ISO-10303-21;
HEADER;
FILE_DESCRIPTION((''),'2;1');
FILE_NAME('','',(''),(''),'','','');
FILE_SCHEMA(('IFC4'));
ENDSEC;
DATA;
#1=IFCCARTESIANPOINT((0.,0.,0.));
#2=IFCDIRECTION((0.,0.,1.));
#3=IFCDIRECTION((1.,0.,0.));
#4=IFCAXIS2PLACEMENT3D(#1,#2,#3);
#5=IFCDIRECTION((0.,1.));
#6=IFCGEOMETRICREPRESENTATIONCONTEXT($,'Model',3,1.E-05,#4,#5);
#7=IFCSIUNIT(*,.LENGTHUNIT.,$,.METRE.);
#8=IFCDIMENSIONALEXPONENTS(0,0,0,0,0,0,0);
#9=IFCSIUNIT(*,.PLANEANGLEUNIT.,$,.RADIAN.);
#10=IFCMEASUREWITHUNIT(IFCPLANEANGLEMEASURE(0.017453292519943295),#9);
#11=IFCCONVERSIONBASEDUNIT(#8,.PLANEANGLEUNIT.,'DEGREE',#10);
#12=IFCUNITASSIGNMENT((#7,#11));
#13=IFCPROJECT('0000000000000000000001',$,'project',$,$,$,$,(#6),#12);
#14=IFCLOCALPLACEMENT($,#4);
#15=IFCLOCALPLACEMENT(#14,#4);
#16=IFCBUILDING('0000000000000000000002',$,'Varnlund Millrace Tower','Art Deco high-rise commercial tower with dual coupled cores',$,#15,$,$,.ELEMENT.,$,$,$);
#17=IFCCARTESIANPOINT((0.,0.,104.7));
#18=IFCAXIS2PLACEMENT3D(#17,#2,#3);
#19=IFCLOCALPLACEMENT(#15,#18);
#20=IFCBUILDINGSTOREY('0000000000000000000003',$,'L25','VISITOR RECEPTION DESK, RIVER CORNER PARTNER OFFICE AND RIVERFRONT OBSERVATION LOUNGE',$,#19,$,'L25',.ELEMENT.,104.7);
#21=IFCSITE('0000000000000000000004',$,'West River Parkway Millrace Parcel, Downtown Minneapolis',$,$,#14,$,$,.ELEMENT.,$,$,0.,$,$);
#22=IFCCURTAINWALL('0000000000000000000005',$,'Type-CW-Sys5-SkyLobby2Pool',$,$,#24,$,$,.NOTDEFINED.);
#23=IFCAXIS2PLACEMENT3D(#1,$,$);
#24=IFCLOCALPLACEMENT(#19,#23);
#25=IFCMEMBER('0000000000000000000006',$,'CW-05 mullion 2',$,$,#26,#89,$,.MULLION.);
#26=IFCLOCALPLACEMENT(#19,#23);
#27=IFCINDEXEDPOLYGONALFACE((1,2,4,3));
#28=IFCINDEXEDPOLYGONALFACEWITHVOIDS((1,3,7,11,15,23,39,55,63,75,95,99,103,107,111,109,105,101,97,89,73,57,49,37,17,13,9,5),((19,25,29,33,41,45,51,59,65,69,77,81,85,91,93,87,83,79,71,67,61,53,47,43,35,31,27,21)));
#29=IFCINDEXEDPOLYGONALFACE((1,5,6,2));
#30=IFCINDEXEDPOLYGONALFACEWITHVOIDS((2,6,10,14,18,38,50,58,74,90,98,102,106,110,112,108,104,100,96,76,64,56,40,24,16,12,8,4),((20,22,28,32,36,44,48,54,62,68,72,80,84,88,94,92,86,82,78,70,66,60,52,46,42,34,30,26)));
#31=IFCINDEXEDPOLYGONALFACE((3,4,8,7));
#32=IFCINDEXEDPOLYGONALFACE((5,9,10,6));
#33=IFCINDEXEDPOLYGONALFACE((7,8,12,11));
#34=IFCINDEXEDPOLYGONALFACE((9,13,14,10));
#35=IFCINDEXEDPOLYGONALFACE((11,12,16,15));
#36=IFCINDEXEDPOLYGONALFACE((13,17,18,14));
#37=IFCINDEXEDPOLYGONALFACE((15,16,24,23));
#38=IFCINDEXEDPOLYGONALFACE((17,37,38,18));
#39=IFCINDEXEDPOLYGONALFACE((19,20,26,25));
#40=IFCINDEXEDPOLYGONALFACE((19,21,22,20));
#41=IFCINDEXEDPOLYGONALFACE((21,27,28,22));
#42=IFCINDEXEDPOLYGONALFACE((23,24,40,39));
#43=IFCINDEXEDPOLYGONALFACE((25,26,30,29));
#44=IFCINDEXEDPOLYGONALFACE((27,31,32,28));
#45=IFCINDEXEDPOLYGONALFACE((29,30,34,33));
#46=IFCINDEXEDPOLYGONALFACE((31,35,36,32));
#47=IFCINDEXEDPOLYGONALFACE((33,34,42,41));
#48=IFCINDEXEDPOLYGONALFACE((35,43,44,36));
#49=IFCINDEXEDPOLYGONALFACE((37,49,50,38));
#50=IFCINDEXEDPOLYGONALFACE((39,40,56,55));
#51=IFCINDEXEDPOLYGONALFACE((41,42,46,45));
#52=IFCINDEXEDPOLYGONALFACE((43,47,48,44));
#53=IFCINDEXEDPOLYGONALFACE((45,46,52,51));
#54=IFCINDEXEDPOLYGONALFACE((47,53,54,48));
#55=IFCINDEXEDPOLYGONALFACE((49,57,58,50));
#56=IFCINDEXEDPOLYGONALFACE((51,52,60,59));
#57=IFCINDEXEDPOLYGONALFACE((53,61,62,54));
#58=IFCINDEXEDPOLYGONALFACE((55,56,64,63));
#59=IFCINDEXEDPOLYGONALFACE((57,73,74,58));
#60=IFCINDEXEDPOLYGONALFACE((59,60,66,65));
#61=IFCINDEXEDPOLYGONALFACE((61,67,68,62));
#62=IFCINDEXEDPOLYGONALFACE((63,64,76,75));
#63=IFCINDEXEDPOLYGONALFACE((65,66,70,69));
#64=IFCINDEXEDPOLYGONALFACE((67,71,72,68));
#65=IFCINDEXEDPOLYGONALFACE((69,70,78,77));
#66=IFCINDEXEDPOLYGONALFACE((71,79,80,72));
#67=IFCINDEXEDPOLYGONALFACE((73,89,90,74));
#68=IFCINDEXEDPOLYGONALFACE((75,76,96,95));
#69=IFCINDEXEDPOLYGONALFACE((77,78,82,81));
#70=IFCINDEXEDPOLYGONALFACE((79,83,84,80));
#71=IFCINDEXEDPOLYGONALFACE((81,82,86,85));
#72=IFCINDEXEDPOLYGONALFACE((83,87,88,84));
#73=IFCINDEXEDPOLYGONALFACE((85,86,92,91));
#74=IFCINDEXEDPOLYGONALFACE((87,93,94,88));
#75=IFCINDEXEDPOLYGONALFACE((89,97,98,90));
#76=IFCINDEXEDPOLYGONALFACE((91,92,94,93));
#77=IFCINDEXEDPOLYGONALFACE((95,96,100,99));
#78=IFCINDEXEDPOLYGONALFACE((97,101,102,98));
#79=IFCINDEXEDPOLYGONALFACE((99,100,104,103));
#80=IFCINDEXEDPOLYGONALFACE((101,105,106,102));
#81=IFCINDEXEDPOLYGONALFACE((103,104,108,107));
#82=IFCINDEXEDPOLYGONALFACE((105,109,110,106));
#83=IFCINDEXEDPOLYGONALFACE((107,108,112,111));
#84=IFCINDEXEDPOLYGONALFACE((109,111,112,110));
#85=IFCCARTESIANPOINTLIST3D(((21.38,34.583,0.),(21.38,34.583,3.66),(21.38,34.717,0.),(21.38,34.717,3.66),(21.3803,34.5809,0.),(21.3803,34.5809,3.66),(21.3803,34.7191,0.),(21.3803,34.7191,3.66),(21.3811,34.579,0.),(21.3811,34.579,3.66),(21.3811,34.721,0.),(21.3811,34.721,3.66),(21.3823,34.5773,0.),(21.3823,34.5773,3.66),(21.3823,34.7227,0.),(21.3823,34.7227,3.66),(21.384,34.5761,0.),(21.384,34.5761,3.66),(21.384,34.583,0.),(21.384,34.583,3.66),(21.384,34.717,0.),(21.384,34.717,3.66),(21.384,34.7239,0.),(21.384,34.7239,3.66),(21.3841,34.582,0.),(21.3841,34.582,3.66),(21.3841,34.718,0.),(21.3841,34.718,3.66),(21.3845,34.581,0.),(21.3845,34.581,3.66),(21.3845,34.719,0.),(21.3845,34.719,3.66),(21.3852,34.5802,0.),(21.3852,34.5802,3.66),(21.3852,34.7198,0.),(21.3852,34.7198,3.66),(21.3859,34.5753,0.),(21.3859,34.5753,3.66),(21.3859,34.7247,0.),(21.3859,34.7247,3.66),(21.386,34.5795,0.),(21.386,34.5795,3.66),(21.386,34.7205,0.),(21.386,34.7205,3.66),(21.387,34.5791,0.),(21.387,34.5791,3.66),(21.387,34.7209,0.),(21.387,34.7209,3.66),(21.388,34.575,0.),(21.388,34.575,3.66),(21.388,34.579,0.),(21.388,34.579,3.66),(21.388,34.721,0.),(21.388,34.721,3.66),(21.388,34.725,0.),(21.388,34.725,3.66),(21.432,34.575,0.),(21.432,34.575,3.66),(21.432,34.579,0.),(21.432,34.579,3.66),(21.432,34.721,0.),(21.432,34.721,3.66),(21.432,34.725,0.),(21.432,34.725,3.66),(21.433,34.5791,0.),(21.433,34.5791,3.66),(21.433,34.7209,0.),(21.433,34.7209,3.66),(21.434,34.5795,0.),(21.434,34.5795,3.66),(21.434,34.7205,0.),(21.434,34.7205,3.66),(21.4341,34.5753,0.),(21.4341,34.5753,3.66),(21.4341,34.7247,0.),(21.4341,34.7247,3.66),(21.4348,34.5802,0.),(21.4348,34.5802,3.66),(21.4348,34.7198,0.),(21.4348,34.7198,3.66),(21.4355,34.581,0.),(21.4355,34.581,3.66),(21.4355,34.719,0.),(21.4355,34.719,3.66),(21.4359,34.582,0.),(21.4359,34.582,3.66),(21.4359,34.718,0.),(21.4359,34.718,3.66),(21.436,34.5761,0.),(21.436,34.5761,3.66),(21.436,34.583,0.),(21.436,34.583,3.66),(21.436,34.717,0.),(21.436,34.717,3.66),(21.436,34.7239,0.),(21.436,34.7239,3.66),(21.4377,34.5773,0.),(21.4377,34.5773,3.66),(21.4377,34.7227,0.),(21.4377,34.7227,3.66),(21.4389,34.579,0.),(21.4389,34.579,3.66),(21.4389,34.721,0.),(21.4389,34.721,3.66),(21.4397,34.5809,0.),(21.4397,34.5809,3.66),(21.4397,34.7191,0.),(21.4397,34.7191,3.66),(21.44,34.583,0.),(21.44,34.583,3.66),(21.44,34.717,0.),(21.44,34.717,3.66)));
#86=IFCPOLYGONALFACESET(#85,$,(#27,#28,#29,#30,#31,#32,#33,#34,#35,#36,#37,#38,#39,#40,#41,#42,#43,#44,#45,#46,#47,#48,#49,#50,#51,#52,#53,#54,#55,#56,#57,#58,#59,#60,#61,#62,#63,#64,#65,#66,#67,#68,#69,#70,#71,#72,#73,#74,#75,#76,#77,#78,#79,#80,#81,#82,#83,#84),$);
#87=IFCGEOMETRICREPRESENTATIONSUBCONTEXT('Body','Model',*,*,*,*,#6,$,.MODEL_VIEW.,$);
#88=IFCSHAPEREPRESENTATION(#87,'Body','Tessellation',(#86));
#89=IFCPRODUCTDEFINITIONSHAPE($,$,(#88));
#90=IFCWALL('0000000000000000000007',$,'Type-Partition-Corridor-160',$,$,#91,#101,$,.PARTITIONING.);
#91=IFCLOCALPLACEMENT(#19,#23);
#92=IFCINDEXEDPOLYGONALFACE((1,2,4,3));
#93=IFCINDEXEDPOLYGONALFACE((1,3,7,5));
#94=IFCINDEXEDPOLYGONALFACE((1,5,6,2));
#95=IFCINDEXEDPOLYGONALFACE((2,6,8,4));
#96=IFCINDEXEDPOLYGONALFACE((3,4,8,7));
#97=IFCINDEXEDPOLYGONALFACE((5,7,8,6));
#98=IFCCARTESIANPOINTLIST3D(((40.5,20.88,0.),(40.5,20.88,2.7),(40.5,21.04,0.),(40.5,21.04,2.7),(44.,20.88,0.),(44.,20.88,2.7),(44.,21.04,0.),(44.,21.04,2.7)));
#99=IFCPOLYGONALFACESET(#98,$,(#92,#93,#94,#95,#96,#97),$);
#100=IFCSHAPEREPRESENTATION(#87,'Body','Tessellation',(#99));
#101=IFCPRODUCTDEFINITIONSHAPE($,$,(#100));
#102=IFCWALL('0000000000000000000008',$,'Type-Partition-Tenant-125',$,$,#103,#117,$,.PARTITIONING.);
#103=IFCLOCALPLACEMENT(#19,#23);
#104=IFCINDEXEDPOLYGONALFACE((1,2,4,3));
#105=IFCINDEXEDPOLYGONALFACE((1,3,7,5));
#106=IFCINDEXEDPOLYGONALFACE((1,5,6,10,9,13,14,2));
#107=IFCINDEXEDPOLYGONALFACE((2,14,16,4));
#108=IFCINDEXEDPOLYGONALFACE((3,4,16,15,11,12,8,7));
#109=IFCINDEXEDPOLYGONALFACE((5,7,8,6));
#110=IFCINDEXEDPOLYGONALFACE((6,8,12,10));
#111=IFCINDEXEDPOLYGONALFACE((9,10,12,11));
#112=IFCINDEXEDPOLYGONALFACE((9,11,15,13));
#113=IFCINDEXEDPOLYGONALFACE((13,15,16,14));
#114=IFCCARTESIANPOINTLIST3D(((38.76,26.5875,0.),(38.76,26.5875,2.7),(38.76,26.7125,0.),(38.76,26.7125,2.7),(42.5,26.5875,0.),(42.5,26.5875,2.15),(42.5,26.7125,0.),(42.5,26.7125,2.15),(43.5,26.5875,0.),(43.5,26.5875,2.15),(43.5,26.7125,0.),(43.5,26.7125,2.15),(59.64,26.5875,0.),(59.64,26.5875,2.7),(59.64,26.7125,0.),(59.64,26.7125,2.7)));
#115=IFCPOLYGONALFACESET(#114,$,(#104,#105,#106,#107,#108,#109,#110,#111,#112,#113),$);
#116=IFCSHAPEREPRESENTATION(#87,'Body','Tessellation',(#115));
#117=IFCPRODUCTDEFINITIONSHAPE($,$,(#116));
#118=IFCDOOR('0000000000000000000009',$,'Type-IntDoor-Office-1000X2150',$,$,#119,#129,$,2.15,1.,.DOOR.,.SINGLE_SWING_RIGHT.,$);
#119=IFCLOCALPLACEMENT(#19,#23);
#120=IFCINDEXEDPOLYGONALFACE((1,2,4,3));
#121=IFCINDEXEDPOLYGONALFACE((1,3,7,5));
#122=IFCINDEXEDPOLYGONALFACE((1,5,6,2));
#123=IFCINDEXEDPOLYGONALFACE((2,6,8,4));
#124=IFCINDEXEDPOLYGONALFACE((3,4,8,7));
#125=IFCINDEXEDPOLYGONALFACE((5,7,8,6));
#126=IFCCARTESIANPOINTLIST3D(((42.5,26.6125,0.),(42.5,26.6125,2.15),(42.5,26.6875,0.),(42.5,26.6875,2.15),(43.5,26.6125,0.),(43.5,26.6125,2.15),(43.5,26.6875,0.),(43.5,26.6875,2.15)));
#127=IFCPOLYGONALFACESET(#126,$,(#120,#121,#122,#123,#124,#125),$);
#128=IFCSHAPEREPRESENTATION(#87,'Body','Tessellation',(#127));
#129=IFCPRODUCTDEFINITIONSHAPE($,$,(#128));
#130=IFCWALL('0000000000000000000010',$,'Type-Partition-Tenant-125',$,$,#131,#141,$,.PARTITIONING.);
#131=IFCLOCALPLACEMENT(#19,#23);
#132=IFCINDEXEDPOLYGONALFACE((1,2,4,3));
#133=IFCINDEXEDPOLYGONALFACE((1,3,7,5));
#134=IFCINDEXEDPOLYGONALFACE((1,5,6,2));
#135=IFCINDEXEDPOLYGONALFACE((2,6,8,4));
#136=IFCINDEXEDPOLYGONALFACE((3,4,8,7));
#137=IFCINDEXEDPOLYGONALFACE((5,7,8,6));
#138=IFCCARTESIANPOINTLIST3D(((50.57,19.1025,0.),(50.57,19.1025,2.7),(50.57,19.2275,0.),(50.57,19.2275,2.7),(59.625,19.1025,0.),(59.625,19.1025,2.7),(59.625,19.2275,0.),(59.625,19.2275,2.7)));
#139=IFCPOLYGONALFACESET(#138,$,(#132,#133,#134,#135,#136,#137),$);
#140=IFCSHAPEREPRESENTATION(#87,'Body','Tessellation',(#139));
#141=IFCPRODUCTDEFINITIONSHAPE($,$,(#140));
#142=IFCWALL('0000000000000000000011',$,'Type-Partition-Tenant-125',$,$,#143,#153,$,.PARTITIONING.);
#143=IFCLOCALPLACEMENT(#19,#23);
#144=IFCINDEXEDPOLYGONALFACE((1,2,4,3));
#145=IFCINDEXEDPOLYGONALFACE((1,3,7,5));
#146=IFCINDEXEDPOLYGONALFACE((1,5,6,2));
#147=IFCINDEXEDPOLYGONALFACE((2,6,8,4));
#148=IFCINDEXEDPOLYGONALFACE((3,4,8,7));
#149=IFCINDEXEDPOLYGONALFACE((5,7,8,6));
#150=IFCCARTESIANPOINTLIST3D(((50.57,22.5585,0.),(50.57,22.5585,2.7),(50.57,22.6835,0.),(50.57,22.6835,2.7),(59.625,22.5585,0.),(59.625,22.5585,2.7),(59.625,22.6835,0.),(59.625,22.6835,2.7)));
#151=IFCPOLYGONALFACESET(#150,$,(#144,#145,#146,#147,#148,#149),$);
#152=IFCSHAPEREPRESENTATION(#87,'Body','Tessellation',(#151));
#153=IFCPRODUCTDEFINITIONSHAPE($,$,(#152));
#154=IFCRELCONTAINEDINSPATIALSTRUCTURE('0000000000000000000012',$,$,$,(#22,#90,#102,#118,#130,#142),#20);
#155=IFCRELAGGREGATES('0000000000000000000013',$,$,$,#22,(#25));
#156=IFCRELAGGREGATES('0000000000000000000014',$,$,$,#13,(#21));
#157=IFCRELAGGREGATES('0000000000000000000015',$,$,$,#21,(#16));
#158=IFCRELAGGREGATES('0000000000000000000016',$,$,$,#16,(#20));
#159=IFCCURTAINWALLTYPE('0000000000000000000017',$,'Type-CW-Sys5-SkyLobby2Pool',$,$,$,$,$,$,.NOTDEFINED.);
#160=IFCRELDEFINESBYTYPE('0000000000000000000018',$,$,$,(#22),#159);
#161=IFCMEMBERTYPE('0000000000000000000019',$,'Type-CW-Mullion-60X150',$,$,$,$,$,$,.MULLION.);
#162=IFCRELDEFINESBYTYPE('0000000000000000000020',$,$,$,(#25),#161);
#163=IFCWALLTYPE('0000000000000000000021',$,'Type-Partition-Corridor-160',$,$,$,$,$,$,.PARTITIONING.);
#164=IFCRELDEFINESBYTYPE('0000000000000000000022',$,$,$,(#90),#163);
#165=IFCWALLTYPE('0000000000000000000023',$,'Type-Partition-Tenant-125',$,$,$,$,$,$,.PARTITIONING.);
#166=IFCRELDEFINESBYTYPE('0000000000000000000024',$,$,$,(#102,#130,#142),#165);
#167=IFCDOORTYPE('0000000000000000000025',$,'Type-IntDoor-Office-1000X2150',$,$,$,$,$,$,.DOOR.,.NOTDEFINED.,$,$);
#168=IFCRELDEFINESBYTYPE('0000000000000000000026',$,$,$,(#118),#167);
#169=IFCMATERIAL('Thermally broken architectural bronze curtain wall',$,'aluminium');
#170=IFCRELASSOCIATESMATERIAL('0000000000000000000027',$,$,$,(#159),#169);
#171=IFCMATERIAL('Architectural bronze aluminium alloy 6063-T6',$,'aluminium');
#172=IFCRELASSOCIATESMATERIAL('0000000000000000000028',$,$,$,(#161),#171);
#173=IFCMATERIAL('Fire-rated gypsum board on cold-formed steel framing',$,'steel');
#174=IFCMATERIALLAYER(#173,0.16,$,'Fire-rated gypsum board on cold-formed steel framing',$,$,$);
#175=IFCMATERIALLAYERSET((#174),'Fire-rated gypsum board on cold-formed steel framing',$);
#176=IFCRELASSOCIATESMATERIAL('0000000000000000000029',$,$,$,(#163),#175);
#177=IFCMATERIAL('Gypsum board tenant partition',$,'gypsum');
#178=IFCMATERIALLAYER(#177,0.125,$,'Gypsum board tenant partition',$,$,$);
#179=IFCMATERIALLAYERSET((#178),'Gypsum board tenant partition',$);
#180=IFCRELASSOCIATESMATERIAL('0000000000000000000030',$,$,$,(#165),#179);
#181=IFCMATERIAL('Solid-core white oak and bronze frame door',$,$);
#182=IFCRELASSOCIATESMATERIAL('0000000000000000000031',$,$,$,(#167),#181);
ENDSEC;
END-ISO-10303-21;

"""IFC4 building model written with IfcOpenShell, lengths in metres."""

from ifc_helpers import new_model, entity, si_unit, converted_unit, direction, frame, origin_with_axes, origin_2d_with_axis, place, context, subcontext, project, spatial, polyline, rectangle, hollow_rectangle, outline, extrude, material, layer, layer_set, material_profile, profile_set, type_object, element, fill, aggregate, save


model = new_model("IFC4")

# Units and contexts
model_context = context("Model", 3, precision=1e-05, world=origin_with_axes(), true_north=direction((0.0, 1.0)))
body_context = subcontext(model_context, "Body", "Model", "MODEL_VIEW")
ifc_project = project(units=[si_unit("LENGTHUNIT", "METRE"), converted_unit("PLANEANGLEUNIT", "DEGREE", entity("IfcPlaneAngleMeasure", 0.017453292519943295), si_unit("PLANEANGLEUNIT", "RADIAN"), dimensions=[0, 0, 0, 0, 0, 0, 0])], contexts=[model_context])

# Site, building, storey
site_placement = place(None, origin_with_axes())
site = spatial("IfcSite", under=ifc_project, at=site_placement, Name="West River Parkway Millrace Parcel, Downtown Minneapolis", CompositionType="ELEMENT", RefElevation=0.0)
building_placement = place(site_placement, origin_with_axes())
building = spatial("IfcBuilding", under=site, at=building_placement, Name="Varnlund Millrace Tower", Description="Art Deco high-rise commercial tower with dual coupled cores", CompositionType="ELEMENT")
storey_placement = place(building_placement, frame((0.0, 0.0, 104.7), z_axis=(0.0, 0.0, 1.0), x_axis=(1.0, 0.0, 0.0)))
storey = spatial("IfcBuildingStorey", under=building, at=storey_placement, Name="L25", Description="VISITOR RECEPTION DESK, RIVER CORNER PARTNER OFFICE AND RIVERFRONT OBSERVATION LOUNGE", LongName="L25", CompositionType="ELEMENT", Elevation=104.7)

# Curtain wall, member
ifc_material_1 = material(Name="Thermally broken architectural bronze curtain wall", Category="aluminium")
curtain_wall_type = type_object("IfcCurtainWallType", Name="Type-CW-Sys5-SkyLobby2Pool", PredefinedType="NOTDEFINED", material=ifc_material_1)
curtain_wall_placement = place(storey_placement, frame((21.41, 36.15, 0.0), z_axis=(0.0, 0.0, 1.0), x_axis=(1.0, 0.0, 0.0)))
curtain_wall = element("IfcCurtainWall", 1, at=curtain_wall_placement, inside=storey, type_object=curtain_wall_type, Name="Type-CW-Sys5-SkyLobby2Pool", PredefinedType="NOTDEFINED")
ifc_material_2 = material(Name="Architectural bronze aluminium alloy 6063-T6", Category="aluminium")
ifc_material_profile_1 = material_profile(ifc_material_2, hollow_rectangle(XDim=0.06, YDim=0.15, WallThickness=0.004, InnerFilletRadius=0.004, OuterFilletRadius=0.008, at=origin_2d_with_axis()), Name="Architectural bronze aluminium alloy 6063-T6")
ifc_profile_set_1 = profile_set([ifc_material_profile_1], Name="Architectural bronze aluminium alloy 6063-T6")
member_type = type_object("IfcMemberType", Name="Type-CW-Mullion-60X150", PredefinedType="MULLION", material=ifc_profile_set_1)
member_1_placement = place(storey_placement, frame((21.41, 34.65, 0.0), z_axis=(0.0, 0.0, 1.0), x_axis=(1.0, 0.0, 0.0)))
member_1 = element("IfcMember", 2, at=member_1_placement, type_object=member_type, Name="CW-05 mullion 2", PredefinedType="MULLION", context=body_context, shape_type="SweptSolid", body=[
    extrude(hollow_rectangle(XDim=0.06, YDim=0.15, WallThickness=0.004, InnerFilletRadius=0.004, OuterFilletRadius=0.008, at=origin_2d_with_axis()), origin_with_axes(), (0.0, 0.0, 1.0), 3.66),
])
aggregate(curtain_wall, [member_1])

# Wall
ifc_material_3 = material(Name="Fire-rated gypsum board on cold-formed steel framing", Category="steel")
ifc_layer_1 = layer(ifc_material_3, 0.16, Name="Fire-rated gypsum board on cold-formed steel framing")
ifc_layer_set_1 = layer_set([ifc_layer_1], Name="Fire-rated gypsum board on cold-formed steel framing")
wall_type_1 = type_object("IfcWallType", Name="Type-Partition-Corridor-160", PredefinedType="PARTITIONING", material=ifc_layer_set_1)
wall_1_placement = place(storey_placement, frame((40.5, 20.96, 0.0), z_axis=(0.0, 0.0, 1.0), x_axis=(1.0, 0.0, 0.0)))
element("IfcWall", 3, at=wall_1_placement, inside=storey, type_object=wall_type_1, Name="Type-Partition-Corridor-160", PredefinedType="PARTITIONING", context=body_context, shape_type="SweptSolid", body=[
    extrude(outline(polyline([(0.0, -0.08), (3.5, -0.08), (3.5, 0.08), (0.0, 0.08), (0.0, -0.08)])), origin_with_axes(), (0.0, 0.0, 1.0), 2.7),
])

# Wall, opening, door
ifc_material_4 = material(Name="Gypsum board tenant partition", Category="gypsum")
ifc_layer_2 = layer(ifc_material_4, 0.125, Name="Gypsum board tenant partition")
ifc_layer_set_2 = layer_set([ifc_layer_2], Name="Gypsum board tenant partition")
wall_type_2 = type_object("IfcWallType", Name="Type-Partition-Tenant-125", PredefinedType="PARTITIONING", material=ifc_layer_set_2)
wall_2_placement = place(storey_placement, frame((38.76, 26.65, 0.0), z_axis=(0.0, 0.0, 1.0), x_axis=(1.0, 0.0, 0.0)))
wall_2 = element("IfcWall", 4, at=wall_2_placement, inside=storey, type_object=wall_type_2, Name="Type-Partition-Tenant-125", PredefinedType="PARTITIONING", context=body_context, shape_type="SweptSolid", body=[
    extrude(outline(polyline([(0.0, -0.0625), (20.88, -0.0625), (20.88, 0.0625), (0.0, 0.0625), (0.0, -0.0625)])), origin_with_axes(), (0.0, 0.0, 1.0), 2.7),
])
opening_placement = place(wall_2_placement, frame((4.24, 0.0, 0.0), z_axis=(0.0, 0.0, 1.0), x_axis=(1.0, 0.0, 0.0)))
opening = element("IfcOpeningElement", 5, at=opening_placement, cuts=wall_2, PredefinedType="OPENING", context=body_context, shape_type="SweptSolid", body=[
    extrude(rectangle(XDim=1.0, YDim=0.145, at=origin_2d_with_axis()), origin_with_axes(), (0.0, 0.0, 1.0), 2.15),
])
ifc_material_5 = material(Name="Solid-core white oak and bronze frame door")
door_type = type_object("IfcDoorType", Name="Type-IntDoor-Office-1000X2150", OperationType="NOTDEFINED", PredefinedType="DOOR", material=ifc_material_5)
door_placement = place(wall_2_placement, frame((4.24, 0.0, 0.0), z_axis=(0.0, 0.0, 1.0), x_axis=(1.0, 0.0, 0.0)))
door = element("IfcDoor", 6, at=door_placement, inside=storey, type_object=door_type, Name="Type-IntDoor-Office-1000X2150", OperationType="SINGLE_SWING_RIGHT", OverallHeight=2.15, OverallWidth=1.0, PredefinedType="DOOR", context=body_context, shape_type="SweptSolid", body=[
    extrude(rectangle(XDim=1.0, YDim=0.075, at=origin_2d_with_axis()), origin_with_axes(), (0.0, 0.0, 1.0), 2.15),
])
fill(opening, door)

# Walls
for number, where, z_axis, x_axis, name in (
    (7, (50.57, 19.165, 0.0), (0.0, 0.0, 1.0), (1.0, 0.0, 0.0), "Type-Partition-Tenant-125"),
    (8, (50.57, 22.621, 0.0), (0.0, 0.0, 1.0), (1.0, 0.0, 0.0), "Type-Partition-Tenant-125"),
):
    element("IfcWall", number, at=place(storey_placement, frame(where, z_axis=z_axis, x_axis=x_axis)), inside=storey, type_object=wall_type_2, Name=name, PredefinedType="PARTITIONING", context=body_context, shape_type="SweptSolid", body=[
        extrude(outline(polyline([(0.0, -0.0625), (9.055, -0.0625), (9.055, 0.0625), (0.0, 0.0625), (0.0, -0.0625)])), origin_with_axes(), (0.0, 0.0, 1.0), 2.7),
    ])

save(model, "model.ifc")
